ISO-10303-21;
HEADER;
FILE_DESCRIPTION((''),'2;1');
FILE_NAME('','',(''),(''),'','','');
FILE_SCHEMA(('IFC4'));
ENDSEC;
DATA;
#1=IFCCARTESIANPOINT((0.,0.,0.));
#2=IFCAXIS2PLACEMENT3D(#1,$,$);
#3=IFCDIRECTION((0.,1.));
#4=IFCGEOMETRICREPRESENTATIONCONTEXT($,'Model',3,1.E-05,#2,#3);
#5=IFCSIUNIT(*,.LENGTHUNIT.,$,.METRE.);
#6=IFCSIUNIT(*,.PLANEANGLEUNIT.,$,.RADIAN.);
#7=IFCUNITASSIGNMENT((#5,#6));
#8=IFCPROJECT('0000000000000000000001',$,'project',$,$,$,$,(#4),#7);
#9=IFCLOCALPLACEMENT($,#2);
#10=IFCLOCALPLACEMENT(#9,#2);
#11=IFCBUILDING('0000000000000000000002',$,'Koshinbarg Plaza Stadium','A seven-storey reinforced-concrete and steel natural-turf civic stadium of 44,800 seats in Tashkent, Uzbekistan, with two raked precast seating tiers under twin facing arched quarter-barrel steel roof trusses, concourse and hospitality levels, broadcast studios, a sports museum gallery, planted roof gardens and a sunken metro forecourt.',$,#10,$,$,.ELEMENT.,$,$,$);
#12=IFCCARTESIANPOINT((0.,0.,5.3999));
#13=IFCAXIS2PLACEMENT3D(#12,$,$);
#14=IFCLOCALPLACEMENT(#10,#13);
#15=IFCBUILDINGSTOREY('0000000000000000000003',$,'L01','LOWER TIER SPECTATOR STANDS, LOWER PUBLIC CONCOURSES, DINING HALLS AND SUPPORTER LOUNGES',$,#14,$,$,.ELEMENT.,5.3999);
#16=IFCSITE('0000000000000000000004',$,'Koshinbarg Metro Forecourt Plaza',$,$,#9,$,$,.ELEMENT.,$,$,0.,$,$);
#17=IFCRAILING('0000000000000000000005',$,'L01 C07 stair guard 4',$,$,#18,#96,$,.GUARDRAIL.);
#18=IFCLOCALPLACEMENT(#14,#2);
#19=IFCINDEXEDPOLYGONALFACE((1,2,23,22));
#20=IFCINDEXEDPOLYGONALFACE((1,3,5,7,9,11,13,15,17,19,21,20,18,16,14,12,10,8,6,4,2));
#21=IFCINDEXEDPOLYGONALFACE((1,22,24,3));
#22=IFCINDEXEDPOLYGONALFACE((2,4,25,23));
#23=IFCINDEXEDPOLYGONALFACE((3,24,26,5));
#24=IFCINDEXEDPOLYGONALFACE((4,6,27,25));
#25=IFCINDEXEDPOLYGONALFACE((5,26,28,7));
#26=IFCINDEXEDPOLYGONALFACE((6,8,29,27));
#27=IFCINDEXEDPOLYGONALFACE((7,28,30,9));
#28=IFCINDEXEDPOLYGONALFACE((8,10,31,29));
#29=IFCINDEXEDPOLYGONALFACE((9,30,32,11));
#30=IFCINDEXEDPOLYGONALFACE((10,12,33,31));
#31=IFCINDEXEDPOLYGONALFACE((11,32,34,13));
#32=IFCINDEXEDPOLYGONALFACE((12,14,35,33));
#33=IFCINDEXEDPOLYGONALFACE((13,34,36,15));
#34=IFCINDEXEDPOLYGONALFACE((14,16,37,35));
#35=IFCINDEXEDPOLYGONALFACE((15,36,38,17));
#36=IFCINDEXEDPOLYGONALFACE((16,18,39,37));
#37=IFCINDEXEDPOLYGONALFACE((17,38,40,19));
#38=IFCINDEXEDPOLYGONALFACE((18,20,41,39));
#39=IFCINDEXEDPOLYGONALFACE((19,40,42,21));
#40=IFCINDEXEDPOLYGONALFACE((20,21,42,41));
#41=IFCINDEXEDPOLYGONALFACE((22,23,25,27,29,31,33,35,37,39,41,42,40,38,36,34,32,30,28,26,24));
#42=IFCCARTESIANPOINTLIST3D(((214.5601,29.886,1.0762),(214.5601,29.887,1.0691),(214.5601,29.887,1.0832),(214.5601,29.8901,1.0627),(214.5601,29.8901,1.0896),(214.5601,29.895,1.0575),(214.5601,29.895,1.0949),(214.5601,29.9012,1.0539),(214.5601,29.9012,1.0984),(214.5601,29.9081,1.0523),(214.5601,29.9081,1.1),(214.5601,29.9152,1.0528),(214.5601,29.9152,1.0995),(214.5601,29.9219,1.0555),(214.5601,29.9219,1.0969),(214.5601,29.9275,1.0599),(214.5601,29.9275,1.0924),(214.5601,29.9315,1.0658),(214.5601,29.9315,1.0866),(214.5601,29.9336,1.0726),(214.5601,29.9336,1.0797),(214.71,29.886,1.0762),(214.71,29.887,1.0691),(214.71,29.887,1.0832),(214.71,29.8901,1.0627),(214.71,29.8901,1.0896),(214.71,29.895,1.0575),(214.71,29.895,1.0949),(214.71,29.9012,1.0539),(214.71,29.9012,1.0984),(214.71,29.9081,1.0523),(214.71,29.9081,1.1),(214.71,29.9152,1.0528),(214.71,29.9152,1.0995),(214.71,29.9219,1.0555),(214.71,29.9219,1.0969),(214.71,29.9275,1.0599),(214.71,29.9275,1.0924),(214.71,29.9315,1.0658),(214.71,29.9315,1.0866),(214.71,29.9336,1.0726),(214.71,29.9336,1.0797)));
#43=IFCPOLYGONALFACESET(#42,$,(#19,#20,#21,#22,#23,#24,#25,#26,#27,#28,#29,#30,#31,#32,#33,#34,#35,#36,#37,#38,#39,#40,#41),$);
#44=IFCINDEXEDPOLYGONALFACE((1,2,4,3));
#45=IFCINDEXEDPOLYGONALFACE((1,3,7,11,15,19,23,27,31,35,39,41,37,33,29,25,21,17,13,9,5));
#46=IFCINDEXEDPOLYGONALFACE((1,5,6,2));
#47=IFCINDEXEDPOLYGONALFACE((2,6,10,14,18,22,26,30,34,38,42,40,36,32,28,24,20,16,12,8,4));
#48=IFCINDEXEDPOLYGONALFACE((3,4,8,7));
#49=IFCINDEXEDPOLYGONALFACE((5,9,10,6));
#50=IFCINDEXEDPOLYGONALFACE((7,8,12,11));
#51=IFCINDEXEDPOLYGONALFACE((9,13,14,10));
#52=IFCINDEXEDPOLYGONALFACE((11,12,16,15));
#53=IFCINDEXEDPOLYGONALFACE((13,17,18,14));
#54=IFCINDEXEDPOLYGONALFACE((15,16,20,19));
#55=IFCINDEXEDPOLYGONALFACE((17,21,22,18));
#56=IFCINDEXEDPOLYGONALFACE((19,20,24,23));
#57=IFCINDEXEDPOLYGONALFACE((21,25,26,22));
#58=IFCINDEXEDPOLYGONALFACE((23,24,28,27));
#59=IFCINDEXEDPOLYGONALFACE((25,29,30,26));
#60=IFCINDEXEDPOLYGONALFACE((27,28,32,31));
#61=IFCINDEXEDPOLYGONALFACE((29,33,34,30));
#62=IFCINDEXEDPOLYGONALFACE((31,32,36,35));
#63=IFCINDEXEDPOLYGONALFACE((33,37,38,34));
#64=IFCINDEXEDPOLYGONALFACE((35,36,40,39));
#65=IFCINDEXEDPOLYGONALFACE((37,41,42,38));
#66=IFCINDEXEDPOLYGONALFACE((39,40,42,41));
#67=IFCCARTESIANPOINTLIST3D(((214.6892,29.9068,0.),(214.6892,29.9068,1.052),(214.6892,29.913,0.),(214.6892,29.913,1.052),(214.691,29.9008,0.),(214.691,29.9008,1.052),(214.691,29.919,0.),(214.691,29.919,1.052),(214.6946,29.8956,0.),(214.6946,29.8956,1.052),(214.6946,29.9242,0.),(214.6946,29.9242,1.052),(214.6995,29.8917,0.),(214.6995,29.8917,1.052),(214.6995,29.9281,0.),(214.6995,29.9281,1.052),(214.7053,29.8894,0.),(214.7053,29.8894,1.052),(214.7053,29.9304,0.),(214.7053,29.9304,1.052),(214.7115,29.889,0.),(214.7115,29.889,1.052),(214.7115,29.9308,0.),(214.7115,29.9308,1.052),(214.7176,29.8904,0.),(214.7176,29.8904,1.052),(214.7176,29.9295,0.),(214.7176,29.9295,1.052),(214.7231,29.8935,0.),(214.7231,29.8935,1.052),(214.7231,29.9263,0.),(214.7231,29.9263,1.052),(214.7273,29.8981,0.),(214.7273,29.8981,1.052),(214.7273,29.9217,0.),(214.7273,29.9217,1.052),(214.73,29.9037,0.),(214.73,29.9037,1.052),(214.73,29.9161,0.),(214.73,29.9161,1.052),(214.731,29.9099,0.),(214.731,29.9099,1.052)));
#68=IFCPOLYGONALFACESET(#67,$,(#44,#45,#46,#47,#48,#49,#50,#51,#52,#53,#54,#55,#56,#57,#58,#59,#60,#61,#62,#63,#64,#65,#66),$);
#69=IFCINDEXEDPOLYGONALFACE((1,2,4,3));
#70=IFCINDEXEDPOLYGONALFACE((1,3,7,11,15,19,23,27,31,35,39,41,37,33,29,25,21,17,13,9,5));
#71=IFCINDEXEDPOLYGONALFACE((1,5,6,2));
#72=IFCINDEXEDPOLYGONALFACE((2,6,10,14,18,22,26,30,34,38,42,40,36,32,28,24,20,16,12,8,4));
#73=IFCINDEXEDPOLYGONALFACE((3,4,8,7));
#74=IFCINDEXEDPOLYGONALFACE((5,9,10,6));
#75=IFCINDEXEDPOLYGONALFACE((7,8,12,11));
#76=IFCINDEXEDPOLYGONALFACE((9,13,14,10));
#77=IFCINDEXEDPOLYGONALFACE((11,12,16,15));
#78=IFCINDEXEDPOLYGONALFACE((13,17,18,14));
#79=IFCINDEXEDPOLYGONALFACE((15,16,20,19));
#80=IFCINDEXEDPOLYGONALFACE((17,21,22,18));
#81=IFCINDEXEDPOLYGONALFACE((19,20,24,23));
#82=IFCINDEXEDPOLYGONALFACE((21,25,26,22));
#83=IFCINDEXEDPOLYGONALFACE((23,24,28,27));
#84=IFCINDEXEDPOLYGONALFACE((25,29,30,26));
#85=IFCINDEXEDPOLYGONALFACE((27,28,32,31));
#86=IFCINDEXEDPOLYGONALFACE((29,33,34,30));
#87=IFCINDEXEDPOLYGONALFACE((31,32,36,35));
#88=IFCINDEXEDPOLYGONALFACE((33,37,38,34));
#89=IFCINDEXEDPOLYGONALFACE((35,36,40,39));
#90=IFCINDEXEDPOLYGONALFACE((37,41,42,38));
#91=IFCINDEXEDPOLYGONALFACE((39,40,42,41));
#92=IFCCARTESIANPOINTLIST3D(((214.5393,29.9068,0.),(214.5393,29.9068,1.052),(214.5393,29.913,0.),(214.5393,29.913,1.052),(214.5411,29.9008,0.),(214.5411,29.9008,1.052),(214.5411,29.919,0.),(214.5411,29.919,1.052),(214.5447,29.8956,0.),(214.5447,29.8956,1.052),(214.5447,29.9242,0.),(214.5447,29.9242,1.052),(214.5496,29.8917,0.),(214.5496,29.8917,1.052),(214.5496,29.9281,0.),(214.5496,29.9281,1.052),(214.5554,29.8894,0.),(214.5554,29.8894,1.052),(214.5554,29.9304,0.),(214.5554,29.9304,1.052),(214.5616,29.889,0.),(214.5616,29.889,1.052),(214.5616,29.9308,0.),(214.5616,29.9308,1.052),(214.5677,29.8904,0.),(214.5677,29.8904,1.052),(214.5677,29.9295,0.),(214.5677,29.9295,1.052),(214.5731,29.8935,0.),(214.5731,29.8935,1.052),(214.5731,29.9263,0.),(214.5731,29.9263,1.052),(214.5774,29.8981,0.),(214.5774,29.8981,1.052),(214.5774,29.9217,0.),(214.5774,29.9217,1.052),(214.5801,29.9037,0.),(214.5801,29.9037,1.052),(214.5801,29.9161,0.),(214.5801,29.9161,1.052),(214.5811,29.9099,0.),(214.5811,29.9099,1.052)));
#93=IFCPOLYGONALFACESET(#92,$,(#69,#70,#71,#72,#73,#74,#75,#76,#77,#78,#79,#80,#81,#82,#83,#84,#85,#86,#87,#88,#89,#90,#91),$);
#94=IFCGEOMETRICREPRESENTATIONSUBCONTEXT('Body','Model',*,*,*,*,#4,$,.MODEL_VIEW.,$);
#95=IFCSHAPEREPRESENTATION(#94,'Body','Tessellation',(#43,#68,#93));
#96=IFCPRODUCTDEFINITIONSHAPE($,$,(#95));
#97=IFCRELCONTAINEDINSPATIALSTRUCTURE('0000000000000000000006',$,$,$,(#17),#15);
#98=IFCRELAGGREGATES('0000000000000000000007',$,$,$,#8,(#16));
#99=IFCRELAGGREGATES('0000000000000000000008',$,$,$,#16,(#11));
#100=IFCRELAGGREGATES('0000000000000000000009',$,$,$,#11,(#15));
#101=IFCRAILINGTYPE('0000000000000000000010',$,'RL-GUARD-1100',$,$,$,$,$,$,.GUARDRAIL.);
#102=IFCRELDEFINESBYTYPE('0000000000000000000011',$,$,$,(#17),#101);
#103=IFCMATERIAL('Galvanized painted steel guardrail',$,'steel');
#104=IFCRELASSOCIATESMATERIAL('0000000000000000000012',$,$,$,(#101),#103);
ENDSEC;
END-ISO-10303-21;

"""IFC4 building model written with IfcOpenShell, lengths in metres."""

from ifc_helpers import new_model, si_unit, direction, frame, origin, origin_2d, place, context, subcontext, project, spatial, circle, extrude, material, type_object, element, save


model = new_model("IFC4")

# Units and contexts
model_context = context("Model", 3, precision=1e-05, world=origin(), true_north=direction((0.0, 1.0)))
body_context = subcontext(model_context, "Body", "Model", "MODEL_VIEW")
ifc_project = project(units=[si_unit("LENGTHUNIT", "METRE"), si_unit("PLANEANGLEUNIT", "RADIAN")], contexts=[model_context])

# Site, building, storey
site_placement = place(None, origin())
site = spatial("IfcSite", under=ifc_project, at=site_placement, Name="Koshinbarg Metro Forecourt Plaza", CompositionType="ELEMENT", RefElevation=0.0)
building_placement = place(site_placement, origin())
building = spatial("IfcBuilding", under=site, at=building_placement, Name="Koshinbarg Plaza Stadium", Description="A seven-storey reinforced-concrete and steel natural-turf civic stadium of 44,800 seats in Tashkent, Uzbekistan, with two raked precast seating tiers under twin facing arched quarter-barrel steel roof trusses, concourse and hospitality levels, broadcast studios, a sports museum gallery, planted roof gardens and a sunken metro forecourt.", CompositionType="ELEMENT")
storey_placement = place(building_placement, frame((0.0, 0.0, 5.3999)))
storey = spatial("IfcBuildingStorey", under=building, at=storey_placement, Name="L01", Description="LOWER TIER SPECTATOR STANDS, LOWER PUBLIC CONCOURSES, DINING HALLS AND SUPPORTER LOUNGES", CompositionType="ELEMENT", Elevation=5.3999)

# Railing
ifc_material_1 = material(Name="Galvanized painted steel guardrail", Category="steel")
railing_type_1 = type_object("IfcRailingType", Name="RL-GUARD-1100", PredefinedType="GUARDRAIL", material=ifc_material_1)
railing_1_placement = place(storey_placement, frame((214.71, 29.9099, 0.0)))
element("IfcRailing", 1, at=railing_1_placement, inside=storey, type_object=railing_type_1, Name="L01 C07 stair guard 4", PredefinedType="GUARDRAIL", context=body_context, shape_type="SweptSolid", body=[
    extrude(circle(Radius=0.0239, at=origin_2d()), frame((0.0, 0.0, 1.0762), z_axis=(-1.0, 0.0, 0.0), x_axis=(0.0, -1.0, 0.0)), (0.0, 0.0, 1.0), 0.1499),
    extrude(circle(Radius=0.021, at=origin_2d()), origin(), (0.0, 0.0, 1.0), 1.052),
    extrude(circle(Radius=0.021, at=origin_2d()), frame((-0.1499, 0.0, 0.0)), (0.0, 0.0, 1.0), 1.052),
])

save(model, "model.ifc")
